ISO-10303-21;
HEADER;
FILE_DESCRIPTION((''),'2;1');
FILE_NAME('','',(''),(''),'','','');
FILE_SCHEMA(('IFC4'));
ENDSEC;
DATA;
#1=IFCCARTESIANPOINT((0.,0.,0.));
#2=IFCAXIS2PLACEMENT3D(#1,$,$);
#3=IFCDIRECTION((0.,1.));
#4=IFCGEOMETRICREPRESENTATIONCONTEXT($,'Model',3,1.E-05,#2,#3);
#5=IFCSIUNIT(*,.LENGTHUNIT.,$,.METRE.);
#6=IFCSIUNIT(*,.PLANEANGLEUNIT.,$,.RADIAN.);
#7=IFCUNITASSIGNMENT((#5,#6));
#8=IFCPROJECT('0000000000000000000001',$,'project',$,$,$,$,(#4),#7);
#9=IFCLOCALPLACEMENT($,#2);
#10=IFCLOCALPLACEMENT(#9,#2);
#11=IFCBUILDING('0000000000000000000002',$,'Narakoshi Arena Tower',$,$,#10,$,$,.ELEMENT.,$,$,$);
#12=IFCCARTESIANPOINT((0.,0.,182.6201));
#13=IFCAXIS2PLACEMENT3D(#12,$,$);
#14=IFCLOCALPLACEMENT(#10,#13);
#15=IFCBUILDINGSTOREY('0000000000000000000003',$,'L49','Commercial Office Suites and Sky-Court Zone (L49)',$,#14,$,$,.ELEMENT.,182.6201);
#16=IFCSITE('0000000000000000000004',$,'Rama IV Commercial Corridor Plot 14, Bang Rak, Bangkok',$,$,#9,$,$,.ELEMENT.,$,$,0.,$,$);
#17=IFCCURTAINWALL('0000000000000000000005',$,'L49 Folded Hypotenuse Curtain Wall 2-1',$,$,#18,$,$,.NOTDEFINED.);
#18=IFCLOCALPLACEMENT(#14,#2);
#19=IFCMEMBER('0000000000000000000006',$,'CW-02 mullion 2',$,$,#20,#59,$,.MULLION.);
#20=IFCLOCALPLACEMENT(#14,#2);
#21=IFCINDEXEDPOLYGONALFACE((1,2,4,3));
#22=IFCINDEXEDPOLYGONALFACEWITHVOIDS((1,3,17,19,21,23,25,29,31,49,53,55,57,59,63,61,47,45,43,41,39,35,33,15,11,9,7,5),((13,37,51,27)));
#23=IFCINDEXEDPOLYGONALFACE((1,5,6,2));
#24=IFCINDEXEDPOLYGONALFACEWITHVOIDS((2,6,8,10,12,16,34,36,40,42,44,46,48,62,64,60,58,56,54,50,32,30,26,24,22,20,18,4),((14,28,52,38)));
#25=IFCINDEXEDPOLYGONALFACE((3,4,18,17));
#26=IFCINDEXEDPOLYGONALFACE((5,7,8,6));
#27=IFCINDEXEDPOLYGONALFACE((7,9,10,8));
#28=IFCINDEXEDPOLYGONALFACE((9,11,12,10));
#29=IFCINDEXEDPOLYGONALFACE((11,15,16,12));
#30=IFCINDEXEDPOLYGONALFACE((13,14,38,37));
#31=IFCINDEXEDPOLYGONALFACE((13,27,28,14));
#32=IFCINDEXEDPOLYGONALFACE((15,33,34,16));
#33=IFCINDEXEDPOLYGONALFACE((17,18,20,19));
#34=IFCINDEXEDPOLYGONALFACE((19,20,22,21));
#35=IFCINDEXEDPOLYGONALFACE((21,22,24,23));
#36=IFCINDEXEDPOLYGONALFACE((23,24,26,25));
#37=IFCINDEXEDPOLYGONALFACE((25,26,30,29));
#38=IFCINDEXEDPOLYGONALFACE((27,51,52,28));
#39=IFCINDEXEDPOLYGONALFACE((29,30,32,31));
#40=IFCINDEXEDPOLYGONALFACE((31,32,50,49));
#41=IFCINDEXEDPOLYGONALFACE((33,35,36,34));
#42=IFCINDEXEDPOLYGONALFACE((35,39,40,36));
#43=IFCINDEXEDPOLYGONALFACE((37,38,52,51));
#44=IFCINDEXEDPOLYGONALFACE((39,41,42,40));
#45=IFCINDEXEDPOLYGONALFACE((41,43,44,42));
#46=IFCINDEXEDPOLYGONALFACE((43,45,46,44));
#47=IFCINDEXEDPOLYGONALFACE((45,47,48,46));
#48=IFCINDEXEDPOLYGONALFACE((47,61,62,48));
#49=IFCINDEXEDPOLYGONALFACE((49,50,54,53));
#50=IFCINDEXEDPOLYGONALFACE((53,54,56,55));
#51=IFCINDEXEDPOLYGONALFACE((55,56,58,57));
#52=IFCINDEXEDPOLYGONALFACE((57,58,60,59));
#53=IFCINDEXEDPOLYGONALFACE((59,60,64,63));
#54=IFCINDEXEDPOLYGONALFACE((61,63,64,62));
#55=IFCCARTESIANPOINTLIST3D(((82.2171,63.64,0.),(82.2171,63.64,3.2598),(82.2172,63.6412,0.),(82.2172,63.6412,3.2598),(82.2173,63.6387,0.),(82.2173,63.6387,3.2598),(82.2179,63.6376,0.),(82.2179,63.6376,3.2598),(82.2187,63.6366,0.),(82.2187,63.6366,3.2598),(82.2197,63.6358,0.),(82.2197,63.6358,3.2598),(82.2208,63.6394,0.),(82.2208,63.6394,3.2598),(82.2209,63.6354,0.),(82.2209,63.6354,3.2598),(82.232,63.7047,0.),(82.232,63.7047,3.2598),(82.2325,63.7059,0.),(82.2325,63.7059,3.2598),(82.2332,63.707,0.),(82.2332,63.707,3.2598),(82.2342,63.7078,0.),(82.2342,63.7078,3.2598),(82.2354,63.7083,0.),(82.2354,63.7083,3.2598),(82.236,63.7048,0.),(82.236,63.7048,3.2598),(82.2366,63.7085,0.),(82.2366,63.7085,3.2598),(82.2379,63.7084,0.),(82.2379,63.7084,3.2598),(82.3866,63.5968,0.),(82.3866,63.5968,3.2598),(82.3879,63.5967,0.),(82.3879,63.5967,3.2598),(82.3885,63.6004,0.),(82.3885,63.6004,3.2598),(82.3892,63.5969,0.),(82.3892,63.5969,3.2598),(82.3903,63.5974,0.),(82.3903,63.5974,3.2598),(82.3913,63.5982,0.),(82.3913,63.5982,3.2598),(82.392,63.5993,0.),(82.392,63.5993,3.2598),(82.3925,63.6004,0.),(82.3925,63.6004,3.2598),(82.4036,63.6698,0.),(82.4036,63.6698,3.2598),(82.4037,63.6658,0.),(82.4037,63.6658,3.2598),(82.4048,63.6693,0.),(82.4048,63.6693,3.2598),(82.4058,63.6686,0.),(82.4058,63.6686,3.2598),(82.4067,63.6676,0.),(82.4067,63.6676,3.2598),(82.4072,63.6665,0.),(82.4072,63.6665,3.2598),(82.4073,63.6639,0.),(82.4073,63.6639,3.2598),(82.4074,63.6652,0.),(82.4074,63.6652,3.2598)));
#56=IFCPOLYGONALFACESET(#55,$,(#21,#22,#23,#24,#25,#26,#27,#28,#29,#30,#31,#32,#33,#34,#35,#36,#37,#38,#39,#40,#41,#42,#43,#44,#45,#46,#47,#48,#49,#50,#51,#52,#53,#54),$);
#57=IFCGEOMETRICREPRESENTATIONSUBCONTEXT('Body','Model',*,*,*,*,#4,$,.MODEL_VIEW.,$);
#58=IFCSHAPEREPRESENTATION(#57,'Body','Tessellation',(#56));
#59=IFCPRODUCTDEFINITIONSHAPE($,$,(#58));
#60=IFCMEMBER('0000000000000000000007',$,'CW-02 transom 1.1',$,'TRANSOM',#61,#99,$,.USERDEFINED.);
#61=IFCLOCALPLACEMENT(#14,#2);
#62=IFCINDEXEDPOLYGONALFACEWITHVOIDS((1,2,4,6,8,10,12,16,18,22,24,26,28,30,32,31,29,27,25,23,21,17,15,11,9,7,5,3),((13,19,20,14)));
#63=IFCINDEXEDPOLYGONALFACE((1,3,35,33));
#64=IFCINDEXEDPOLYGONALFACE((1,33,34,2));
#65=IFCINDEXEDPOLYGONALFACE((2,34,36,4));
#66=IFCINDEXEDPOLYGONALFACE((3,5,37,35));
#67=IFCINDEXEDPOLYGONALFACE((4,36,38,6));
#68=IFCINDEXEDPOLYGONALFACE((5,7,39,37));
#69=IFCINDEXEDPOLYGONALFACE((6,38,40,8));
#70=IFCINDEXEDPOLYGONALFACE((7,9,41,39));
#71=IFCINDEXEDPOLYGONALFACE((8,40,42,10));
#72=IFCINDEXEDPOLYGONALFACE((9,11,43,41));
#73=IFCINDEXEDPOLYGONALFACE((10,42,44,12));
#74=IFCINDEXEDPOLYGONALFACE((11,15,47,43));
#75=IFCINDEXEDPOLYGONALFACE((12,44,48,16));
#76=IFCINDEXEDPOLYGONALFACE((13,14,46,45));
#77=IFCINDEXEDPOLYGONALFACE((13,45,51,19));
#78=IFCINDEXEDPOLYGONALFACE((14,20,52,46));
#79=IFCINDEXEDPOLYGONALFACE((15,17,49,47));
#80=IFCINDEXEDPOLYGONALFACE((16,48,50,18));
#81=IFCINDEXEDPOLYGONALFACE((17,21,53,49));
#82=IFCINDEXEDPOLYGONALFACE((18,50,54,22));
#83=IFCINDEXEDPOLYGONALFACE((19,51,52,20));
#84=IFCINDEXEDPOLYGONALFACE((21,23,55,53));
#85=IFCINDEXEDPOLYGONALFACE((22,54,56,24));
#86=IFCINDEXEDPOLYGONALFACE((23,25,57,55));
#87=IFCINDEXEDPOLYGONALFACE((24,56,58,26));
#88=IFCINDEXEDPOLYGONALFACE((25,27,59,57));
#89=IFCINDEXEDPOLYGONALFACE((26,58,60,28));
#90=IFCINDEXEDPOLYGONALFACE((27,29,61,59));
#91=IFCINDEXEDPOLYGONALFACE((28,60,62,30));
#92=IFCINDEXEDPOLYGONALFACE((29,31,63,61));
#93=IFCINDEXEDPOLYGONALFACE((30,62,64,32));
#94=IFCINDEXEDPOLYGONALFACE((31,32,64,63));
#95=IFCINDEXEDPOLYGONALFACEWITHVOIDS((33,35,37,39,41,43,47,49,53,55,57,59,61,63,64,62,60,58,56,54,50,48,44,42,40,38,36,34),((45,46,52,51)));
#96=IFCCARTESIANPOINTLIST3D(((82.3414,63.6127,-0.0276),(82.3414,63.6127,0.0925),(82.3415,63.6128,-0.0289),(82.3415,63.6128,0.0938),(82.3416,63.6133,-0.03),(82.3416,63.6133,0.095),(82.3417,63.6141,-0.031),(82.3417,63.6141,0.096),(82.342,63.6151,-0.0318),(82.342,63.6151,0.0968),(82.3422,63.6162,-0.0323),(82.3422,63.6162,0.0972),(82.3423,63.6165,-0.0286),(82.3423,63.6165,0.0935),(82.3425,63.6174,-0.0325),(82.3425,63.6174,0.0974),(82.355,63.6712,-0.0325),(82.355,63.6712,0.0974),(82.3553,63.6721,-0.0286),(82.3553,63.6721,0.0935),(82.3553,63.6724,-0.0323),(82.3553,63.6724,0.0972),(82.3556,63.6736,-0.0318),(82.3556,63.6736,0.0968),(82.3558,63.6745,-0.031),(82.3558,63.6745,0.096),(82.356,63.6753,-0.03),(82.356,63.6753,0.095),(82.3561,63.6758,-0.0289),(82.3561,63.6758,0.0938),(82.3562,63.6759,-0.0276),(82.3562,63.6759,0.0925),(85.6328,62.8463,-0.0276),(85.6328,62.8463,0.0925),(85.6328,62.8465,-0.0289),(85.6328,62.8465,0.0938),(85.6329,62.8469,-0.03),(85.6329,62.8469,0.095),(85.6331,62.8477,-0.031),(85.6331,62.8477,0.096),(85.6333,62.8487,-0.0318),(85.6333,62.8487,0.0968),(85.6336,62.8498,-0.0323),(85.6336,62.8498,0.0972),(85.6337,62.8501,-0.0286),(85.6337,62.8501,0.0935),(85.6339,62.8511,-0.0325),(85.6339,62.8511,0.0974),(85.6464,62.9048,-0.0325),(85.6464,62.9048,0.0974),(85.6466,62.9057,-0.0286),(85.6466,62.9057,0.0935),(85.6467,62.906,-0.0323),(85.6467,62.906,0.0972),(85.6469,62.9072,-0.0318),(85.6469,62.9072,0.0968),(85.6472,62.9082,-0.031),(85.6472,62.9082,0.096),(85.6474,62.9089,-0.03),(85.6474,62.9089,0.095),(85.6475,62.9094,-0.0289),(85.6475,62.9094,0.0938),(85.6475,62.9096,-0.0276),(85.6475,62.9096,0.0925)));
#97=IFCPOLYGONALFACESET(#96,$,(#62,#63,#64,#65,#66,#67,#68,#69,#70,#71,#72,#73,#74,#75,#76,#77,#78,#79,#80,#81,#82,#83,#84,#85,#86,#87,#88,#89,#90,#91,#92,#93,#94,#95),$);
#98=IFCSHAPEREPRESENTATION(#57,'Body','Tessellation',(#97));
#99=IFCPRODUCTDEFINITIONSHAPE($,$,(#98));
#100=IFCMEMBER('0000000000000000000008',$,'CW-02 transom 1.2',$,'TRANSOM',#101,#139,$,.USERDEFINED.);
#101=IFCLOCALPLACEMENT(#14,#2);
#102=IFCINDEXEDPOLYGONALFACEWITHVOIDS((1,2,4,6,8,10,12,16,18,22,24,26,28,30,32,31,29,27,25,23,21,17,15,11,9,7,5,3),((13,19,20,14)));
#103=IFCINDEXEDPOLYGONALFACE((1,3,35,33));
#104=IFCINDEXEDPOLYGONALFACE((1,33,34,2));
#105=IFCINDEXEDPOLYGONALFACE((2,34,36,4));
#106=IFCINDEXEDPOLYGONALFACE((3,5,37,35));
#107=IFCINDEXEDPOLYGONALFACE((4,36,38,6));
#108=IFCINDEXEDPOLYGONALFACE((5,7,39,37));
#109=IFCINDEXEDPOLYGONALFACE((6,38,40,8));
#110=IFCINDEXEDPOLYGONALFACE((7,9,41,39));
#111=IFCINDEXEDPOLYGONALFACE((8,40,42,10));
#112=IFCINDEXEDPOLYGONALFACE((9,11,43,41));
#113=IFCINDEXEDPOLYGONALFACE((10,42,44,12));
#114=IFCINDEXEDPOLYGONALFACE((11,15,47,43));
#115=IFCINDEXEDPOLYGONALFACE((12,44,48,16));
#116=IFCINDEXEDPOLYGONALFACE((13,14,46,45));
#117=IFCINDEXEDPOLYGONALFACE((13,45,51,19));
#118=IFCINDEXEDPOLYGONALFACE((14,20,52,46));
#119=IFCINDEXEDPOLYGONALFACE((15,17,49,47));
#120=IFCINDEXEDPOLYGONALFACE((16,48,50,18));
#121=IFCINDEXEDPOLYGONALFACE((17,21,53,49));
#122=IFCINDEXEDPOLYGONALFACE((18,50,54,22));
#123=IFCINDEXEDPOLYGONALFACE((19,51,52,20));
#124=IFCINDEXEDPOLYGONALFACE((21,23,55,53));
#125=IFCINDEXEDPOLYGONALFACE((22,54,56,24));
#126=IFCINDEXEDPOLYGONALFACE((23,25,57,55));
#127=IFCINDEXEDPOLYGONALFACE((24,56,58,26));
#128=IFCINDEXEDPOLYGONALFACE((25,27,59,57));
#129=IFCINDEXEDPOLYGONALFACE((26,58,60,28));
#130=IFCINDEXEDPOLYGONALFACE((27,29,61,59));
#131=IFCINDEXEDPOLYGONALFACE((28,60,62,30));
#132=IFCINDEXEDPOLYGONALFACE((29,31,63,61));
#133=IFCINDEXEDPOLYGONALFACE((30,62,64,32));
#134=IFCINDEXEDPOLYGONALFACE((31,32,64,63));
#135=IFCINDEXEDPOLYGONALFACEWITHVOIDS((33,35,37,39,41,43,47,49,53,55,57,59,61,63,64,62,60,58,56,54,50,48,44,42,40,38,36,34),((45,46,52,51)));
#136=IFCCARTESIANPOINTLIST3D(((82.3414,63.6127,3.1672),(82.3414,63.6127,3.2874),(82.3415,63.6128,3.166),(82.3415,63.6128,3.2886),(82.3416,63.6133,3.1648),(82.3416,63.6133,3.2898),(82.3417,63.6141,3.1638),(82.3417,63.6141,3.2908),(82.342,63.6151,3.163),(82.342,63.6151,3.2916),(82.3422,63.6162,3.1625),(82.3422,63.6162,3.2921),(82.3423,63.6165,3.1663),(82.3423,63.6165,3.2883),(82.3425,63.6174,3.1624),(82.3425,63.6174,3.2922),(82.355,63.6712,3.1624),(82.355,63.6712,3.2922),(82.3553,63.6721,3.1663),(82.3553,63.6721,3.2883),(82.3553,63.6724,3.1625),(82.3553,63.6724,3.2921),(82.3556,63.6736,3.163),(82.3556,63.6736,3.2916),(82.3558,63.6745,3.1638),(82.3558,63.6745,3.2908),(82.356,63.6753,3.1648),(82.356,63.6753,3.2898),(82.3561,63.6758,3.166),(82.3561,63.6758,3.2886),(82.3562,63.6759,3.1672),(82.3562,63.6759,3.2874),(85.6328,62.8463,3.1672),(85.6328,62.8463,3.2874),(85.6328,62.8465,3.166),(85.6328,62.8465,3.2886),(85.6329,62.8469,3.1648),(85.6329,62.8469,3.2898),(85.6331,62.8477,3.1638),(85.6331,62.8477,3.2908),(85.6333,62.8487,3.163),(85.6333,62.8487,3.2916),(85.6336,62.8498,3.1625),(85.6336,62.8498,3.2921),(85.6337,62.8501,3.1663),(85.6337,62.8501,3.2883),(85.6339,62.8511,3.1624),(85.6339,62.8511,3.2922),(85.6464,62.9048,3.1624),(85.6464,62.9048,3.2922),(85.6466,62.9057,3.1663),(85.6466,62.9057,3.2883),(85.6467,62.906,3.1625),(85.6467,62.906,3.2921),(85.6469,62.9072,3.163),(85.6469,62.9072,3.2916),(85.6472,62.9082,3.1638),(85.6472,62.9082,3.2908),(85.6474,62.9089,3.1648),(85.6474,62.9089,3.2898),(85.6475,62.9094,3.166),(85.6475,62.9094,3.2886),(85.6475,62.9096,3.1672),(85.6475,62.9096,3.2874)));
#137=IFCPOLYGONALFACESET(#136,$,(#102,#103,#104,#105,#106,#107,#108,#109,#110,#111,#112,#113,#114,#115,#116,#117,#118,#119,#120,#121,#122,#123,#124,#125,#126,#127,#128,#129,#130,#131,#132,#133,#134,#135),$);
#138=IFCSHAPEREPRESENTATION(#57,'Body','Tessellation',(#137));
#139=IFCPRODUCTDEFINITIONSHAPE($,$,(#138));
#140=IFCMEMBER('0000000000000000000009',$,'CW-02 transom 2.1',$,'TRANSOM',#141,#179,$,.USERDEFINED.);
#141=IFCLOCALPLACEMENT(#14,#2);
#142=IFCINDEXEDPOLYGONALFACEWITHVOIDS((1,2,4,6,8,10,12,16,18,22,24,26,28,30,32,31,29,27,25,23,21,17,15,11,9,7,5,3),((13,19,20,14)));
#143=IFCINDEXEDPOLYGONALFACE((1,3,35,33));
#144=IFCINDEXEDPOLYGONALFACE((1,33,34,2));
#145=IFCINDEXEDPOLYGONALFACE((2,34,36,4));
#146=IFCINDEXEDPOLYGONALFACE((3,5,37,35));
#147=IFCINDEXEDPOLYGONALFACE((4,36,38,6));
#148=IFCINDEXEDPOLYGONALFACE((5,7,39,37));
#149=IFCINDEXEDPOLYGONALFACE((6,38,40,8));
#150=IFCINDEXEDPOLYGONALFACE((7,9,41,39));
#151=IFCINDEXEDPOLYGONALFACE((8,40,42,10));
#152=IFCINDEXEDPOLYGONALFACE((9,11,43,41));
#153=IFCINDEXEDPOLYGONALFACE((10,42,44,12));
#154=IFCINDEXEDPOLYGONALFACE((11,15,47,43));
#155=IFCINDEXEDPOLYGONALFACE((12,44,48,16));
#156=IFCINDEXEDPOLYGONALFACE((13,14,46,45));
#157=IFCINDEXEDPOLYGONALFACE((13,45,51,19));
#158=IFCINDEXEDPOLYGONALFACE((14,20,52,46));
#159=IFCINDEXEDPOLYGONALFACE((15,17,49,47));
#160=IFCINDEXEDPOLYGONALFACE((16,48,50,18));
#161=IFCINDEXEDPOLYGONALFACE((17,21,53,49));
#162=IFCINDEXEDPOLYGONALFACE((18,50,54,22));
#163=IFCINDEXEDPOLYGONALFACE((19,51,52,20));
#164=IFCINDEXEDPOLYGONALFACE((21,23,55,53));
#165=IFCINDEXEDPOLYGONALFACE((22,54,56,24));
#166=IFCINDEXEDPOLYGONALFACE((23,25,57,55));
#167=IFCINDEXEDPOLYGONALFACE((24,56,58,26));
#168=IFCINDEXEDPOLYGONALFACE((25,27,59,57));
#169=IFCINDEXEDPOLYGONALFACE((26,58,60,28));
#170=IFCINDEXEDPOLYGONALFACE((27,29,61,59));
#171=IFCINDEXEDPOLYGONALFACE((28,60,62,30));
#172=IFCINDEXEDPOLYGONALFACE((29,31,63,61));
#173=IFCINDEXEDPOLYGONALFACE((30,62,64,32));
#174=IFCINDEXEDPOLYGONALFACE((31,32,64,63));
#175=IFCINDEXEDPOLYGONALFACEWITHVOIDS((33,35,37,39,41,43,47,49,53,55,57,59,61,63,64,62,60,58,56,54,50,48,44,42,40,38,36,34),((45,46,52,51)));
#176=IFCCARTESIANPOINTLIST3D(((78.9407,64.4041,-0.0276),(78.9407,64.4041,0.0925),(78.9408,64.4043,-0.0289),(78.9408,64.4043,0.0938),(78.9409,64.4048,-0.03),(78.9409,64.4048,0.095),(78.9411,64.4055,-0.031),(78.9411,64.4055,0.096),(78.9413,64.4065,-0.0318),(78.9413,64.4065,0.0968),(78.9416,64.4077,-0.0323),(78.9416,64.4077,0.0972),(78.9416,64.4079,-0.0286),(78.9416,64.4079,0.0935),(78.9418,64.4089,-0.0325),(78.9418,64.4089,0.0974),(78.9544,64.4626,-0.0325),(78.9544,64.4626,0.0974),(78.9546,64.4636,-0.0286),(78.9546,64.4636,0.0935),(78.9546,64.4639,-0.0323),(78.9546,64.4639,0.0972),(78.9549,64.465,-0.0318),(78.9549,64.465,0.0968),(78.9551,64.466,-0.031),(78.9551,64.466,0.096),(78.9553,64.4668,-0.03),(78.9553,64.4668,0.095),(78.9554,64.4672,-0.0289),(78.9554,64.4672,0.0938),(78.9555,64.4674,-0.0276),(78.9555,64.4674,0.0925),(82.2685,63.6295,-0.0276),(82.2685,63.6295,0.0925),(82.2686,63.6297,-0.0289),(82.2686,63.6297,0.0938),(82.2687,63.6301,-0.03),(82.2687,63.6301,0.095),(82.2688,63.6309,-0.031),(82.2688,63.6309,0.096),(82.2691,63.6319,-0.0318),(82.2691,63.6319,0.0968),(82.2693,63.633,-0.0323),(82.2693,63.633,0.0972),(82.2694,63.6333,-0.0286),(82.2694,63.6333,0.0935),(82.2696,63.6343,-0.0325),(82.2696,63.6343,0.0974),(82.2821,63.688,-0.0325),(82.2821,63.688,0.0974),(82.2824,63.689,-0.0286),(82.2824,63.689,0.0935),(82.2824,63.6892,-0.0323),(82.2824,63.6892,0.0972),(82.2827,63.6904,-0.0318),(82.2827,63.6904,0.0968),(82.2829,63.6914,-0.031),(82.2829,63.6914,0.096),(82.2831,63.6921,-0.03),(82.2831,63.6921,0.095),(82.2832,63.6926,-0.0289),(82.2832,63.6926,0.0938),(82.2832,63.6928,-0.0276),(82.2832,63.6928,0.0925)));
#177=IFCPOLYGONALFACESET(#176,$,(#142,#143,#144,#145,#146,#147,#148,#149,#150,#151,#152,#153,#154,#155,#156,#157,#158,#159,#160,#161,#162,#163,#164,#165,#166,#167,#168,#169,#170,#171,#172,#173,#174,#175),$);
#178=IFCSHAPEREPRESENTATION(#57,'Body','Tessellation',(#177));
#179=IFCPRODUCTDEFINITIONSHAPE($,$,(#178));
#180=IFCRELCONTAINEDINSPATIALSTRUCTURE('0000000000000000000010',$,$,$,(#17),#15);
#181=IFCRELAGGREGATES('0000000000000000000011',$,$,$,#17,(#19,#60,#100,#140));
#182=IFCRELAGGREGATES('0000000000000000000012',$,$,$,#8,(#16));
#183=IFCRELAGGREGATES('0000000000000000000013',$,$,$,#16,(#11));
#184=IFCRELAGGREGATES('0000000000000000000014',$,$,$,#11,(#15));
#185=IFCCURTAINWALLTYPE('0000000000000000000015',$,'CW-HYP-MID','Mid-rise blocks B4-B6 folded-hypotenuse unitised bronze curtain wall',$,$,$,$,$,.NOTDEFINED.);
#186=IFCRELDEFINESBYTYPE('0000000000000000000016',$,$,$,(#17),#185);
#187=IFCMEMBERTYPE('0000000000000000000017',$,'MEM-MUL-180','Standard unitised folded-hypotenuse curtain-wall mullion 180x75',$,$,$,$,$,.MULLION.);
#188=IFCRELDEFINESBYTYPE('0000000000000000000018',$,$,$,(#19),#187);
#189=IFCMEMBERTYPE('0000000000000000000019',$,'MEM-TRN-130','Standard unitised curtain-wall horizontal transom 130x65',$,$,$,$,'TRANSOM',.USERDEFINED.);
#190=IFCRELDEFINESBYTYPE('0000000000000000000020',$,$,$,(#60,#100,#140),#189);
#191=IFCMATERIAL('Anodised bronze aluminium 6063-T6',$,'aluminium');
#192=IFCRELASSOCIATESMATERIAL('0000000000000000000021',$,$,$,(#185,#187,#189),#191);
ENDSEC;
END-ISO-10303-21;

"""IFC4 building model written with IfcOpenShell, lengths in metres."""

from ifc_helpers import new_model, si_unit, direction, frame, origin, origin_2d, place, context, subcontext, project, spatial, hollow_rectangle, extrude, material, material_profile, profile_set, type_object, element, aggregate, save


model = new_model("IFC4")

# Units and contexts
model_context = context("Model", 3, precision=1e-05, world=origin(), true_north=direction((0.0, 1.0)))
body_context = subcontext(model_context, "Body", "Model", "MODEL_VIEW")
ifc_project = project(units=[si_unit("LENGTHUNIT", "METRE"), si_unit("PLANEANGLEUNIT", "RADIAN")], contexts=[model_context])

# Site, building, storey
site_placement = place(None, origin())
site = spatial("IfcSite", under=ifc_project, at=site_placement, Name="Rama IV Commercial Corridor Plot 14, Bang Rak, Bangkok", CompositionType="ELEMENT", RefElevation=0.0)
building_placement = place(site_placement, origin())
building = spatial("IfcBuilding", under=site, at=building_placement, Name="Narakoshi Arena Tower", CompositionType="ELEMENT")
storey_placement = place(building_placement, frame((0.0, 0.0, 182.6201)))
storey = spatial("IfcBuildingStorey", under=building, at=storey_placement, Name="L49", Description="Commercial Office Suites and Sky-Court Zone (L49)", CompositionType="ELEMENT", Elevation=182.6201)

# Shared definitions
ifc_material_1 = material(Name="Anodised bronze aluminium 6063-T6", Category="aluminium")
curtain_wall_type = type_object("IfcCurtainWallType", Name="CW-HYP-MID", Description="Mid-rise blocks B4-B6 folded-hypotenuse unitised bronze curtain wall", PredefinedType="NOTDEFINED", material=ifc_material_1)
ifc_material_profile_1 = material_profile(ifc_material_1, hollow_rectangle(XDim=0.075, YDim=0.1799, WallThickness=0.0039, OuterFilletRadius=0.0049, at=origin_2d()), Name="MUL180x75x4")
ifc_profile_set_1 = profile_set([ifc_material_profile_1], Name="Anodised bronze aluminium 6063-T6")
member_type_1 = type_object("IfcMemberType", Name="MEM-MUL-180", Description="Standard unitised folded-hypotenuse curtain-wall mullion 180x75", PredefinedType="MULLION", material=ifc_profile_set_1)

# Curtain wall, members
curtain_wall_1_placement = place(storey_placement, origin())
curtain_wall_1 = element("IfcCurtainWall", 1, at=curtain_wall_1_placement, inside=storey, type_object=curtain_wall_type, Name="L49 Folded Hypotenuse Curtain Wall 2-1", PredefinedType="NOTDEFINED")
member_1_placement = place(storey_placement, frame((82.3123, 63.6526, 0.0), z_axis=(0.0, 0.0, 1.0), x_axis=(-0.226721, -0.97396, 0.0)))
member_1 = element("IfcMember", 2, at=member_1_placement, type_object=member_type_1, Name="CW-02 mullion 2", PredefinedType="MULLION", context=body_context, shape_type="SweptSolid", body=[
    extrude(hollow_rectangle(XDim=0.075, YDim=0.1799, WallThickness=0.0039, OuterFilletRadius=0.0049, at=origin_2d()), origin(), (0.0, 0.0, 1.0), 3.2598),
])
ifc_material_profile_2 = material_profile(ifc_material_1, hollow_rectangle(XDim=0.0649, YDim=0.1299, WallThickness=0.0039, OuterFilletRadius=0.0049, at=origin_2d()), Name="TRN130x65x4")
ifc_profile_set_2 = profile_set([ifc_material_profile_2], Name="Anodised bronze aluminium 6063-T6")
member_type_2 = type_object("IfcMemberType", Name="MEM-TRN-130", Description="Standard unitised curtain-wall horizontal transom 130x65", ElementType="TRANSOM", PredefinedType="USERDEFINED", material=ifc_profile_set_2)
member_2_placement = place(storey_placement, frame((85.6401, 62.8779, 0.0325), z_axis=(-0.973946, 0.22678, 0.0), x_axis=(-0.22678, -0.973946, 0.0)))
member_2 = element("IfcMember", 3, at=member_2_placement, type_object=member_type_2, Name="CW-02 transom 1.1", ObjectType="TRANSOM", PredefinedType="USERDEFINED", context=body_context, shape_type="SweptSolid", body=[
    extrude(hollow_rectangle(XDim=0.0649, YDim=0.1299, WallThickness=0.0039, OuterFilletRadius=0.0049, at=origin_2d()), origin(), (0.0, 0.0, 1.0), 3.3794),
])
member_3_placement = place(storey_placement, frame((85.6401, 62.8779, 3.2273), z_axis=(-0.973946, 0.22678, 0.0), x_axis=(-0.22678, -0.973946, 0.0)))
member_3 = element("IfcMember", 4, at=member_3_placement, type_object=member_type_2, Name="CW-02 transom 1.2", ObjectType="TRANSOM", PredefinedType="USERDEFINED", context=body_context, shape_type="SweptSolid", body=[
    extrude(hollow_rectangle(XDim=0.0649, YDim=0.1299, WallThickness=0.0039, OuterFilletRadius=0.0049, at=origin_2d()), origin(), (0.0, 0.0, 1.0), 3.3794),
])
member_4_placement = place(storey_placement, frame((82.2759, 63.6611, 0.0325), z_axis=(-0.973961, 0.226717, 0.0), x_axis=(-0.226717, -0.973961, 0.0)))
member_4 = element("IfcMember", 5, at=member_4_placement, type_object=member_type_2, Name="CW-02 transom 2.1", ObjectType="TRANSOM", PredefinedType="USERDEFINED", context=body_context, shape_type="SweptSolid", body=[
    extrude(hollow_rectangle(XDim=0.0649, YDim=0.1299, WallThickness=0.0039, OuterFilletRadius=0.0049, at=origin_2d()), origin(), (0.0, 0.0, 1.0), 3.4167),
])
aggregate(curtain_wall_1, [member_1, member_2, member_3, member_4])

save(model, "model.ifc")
